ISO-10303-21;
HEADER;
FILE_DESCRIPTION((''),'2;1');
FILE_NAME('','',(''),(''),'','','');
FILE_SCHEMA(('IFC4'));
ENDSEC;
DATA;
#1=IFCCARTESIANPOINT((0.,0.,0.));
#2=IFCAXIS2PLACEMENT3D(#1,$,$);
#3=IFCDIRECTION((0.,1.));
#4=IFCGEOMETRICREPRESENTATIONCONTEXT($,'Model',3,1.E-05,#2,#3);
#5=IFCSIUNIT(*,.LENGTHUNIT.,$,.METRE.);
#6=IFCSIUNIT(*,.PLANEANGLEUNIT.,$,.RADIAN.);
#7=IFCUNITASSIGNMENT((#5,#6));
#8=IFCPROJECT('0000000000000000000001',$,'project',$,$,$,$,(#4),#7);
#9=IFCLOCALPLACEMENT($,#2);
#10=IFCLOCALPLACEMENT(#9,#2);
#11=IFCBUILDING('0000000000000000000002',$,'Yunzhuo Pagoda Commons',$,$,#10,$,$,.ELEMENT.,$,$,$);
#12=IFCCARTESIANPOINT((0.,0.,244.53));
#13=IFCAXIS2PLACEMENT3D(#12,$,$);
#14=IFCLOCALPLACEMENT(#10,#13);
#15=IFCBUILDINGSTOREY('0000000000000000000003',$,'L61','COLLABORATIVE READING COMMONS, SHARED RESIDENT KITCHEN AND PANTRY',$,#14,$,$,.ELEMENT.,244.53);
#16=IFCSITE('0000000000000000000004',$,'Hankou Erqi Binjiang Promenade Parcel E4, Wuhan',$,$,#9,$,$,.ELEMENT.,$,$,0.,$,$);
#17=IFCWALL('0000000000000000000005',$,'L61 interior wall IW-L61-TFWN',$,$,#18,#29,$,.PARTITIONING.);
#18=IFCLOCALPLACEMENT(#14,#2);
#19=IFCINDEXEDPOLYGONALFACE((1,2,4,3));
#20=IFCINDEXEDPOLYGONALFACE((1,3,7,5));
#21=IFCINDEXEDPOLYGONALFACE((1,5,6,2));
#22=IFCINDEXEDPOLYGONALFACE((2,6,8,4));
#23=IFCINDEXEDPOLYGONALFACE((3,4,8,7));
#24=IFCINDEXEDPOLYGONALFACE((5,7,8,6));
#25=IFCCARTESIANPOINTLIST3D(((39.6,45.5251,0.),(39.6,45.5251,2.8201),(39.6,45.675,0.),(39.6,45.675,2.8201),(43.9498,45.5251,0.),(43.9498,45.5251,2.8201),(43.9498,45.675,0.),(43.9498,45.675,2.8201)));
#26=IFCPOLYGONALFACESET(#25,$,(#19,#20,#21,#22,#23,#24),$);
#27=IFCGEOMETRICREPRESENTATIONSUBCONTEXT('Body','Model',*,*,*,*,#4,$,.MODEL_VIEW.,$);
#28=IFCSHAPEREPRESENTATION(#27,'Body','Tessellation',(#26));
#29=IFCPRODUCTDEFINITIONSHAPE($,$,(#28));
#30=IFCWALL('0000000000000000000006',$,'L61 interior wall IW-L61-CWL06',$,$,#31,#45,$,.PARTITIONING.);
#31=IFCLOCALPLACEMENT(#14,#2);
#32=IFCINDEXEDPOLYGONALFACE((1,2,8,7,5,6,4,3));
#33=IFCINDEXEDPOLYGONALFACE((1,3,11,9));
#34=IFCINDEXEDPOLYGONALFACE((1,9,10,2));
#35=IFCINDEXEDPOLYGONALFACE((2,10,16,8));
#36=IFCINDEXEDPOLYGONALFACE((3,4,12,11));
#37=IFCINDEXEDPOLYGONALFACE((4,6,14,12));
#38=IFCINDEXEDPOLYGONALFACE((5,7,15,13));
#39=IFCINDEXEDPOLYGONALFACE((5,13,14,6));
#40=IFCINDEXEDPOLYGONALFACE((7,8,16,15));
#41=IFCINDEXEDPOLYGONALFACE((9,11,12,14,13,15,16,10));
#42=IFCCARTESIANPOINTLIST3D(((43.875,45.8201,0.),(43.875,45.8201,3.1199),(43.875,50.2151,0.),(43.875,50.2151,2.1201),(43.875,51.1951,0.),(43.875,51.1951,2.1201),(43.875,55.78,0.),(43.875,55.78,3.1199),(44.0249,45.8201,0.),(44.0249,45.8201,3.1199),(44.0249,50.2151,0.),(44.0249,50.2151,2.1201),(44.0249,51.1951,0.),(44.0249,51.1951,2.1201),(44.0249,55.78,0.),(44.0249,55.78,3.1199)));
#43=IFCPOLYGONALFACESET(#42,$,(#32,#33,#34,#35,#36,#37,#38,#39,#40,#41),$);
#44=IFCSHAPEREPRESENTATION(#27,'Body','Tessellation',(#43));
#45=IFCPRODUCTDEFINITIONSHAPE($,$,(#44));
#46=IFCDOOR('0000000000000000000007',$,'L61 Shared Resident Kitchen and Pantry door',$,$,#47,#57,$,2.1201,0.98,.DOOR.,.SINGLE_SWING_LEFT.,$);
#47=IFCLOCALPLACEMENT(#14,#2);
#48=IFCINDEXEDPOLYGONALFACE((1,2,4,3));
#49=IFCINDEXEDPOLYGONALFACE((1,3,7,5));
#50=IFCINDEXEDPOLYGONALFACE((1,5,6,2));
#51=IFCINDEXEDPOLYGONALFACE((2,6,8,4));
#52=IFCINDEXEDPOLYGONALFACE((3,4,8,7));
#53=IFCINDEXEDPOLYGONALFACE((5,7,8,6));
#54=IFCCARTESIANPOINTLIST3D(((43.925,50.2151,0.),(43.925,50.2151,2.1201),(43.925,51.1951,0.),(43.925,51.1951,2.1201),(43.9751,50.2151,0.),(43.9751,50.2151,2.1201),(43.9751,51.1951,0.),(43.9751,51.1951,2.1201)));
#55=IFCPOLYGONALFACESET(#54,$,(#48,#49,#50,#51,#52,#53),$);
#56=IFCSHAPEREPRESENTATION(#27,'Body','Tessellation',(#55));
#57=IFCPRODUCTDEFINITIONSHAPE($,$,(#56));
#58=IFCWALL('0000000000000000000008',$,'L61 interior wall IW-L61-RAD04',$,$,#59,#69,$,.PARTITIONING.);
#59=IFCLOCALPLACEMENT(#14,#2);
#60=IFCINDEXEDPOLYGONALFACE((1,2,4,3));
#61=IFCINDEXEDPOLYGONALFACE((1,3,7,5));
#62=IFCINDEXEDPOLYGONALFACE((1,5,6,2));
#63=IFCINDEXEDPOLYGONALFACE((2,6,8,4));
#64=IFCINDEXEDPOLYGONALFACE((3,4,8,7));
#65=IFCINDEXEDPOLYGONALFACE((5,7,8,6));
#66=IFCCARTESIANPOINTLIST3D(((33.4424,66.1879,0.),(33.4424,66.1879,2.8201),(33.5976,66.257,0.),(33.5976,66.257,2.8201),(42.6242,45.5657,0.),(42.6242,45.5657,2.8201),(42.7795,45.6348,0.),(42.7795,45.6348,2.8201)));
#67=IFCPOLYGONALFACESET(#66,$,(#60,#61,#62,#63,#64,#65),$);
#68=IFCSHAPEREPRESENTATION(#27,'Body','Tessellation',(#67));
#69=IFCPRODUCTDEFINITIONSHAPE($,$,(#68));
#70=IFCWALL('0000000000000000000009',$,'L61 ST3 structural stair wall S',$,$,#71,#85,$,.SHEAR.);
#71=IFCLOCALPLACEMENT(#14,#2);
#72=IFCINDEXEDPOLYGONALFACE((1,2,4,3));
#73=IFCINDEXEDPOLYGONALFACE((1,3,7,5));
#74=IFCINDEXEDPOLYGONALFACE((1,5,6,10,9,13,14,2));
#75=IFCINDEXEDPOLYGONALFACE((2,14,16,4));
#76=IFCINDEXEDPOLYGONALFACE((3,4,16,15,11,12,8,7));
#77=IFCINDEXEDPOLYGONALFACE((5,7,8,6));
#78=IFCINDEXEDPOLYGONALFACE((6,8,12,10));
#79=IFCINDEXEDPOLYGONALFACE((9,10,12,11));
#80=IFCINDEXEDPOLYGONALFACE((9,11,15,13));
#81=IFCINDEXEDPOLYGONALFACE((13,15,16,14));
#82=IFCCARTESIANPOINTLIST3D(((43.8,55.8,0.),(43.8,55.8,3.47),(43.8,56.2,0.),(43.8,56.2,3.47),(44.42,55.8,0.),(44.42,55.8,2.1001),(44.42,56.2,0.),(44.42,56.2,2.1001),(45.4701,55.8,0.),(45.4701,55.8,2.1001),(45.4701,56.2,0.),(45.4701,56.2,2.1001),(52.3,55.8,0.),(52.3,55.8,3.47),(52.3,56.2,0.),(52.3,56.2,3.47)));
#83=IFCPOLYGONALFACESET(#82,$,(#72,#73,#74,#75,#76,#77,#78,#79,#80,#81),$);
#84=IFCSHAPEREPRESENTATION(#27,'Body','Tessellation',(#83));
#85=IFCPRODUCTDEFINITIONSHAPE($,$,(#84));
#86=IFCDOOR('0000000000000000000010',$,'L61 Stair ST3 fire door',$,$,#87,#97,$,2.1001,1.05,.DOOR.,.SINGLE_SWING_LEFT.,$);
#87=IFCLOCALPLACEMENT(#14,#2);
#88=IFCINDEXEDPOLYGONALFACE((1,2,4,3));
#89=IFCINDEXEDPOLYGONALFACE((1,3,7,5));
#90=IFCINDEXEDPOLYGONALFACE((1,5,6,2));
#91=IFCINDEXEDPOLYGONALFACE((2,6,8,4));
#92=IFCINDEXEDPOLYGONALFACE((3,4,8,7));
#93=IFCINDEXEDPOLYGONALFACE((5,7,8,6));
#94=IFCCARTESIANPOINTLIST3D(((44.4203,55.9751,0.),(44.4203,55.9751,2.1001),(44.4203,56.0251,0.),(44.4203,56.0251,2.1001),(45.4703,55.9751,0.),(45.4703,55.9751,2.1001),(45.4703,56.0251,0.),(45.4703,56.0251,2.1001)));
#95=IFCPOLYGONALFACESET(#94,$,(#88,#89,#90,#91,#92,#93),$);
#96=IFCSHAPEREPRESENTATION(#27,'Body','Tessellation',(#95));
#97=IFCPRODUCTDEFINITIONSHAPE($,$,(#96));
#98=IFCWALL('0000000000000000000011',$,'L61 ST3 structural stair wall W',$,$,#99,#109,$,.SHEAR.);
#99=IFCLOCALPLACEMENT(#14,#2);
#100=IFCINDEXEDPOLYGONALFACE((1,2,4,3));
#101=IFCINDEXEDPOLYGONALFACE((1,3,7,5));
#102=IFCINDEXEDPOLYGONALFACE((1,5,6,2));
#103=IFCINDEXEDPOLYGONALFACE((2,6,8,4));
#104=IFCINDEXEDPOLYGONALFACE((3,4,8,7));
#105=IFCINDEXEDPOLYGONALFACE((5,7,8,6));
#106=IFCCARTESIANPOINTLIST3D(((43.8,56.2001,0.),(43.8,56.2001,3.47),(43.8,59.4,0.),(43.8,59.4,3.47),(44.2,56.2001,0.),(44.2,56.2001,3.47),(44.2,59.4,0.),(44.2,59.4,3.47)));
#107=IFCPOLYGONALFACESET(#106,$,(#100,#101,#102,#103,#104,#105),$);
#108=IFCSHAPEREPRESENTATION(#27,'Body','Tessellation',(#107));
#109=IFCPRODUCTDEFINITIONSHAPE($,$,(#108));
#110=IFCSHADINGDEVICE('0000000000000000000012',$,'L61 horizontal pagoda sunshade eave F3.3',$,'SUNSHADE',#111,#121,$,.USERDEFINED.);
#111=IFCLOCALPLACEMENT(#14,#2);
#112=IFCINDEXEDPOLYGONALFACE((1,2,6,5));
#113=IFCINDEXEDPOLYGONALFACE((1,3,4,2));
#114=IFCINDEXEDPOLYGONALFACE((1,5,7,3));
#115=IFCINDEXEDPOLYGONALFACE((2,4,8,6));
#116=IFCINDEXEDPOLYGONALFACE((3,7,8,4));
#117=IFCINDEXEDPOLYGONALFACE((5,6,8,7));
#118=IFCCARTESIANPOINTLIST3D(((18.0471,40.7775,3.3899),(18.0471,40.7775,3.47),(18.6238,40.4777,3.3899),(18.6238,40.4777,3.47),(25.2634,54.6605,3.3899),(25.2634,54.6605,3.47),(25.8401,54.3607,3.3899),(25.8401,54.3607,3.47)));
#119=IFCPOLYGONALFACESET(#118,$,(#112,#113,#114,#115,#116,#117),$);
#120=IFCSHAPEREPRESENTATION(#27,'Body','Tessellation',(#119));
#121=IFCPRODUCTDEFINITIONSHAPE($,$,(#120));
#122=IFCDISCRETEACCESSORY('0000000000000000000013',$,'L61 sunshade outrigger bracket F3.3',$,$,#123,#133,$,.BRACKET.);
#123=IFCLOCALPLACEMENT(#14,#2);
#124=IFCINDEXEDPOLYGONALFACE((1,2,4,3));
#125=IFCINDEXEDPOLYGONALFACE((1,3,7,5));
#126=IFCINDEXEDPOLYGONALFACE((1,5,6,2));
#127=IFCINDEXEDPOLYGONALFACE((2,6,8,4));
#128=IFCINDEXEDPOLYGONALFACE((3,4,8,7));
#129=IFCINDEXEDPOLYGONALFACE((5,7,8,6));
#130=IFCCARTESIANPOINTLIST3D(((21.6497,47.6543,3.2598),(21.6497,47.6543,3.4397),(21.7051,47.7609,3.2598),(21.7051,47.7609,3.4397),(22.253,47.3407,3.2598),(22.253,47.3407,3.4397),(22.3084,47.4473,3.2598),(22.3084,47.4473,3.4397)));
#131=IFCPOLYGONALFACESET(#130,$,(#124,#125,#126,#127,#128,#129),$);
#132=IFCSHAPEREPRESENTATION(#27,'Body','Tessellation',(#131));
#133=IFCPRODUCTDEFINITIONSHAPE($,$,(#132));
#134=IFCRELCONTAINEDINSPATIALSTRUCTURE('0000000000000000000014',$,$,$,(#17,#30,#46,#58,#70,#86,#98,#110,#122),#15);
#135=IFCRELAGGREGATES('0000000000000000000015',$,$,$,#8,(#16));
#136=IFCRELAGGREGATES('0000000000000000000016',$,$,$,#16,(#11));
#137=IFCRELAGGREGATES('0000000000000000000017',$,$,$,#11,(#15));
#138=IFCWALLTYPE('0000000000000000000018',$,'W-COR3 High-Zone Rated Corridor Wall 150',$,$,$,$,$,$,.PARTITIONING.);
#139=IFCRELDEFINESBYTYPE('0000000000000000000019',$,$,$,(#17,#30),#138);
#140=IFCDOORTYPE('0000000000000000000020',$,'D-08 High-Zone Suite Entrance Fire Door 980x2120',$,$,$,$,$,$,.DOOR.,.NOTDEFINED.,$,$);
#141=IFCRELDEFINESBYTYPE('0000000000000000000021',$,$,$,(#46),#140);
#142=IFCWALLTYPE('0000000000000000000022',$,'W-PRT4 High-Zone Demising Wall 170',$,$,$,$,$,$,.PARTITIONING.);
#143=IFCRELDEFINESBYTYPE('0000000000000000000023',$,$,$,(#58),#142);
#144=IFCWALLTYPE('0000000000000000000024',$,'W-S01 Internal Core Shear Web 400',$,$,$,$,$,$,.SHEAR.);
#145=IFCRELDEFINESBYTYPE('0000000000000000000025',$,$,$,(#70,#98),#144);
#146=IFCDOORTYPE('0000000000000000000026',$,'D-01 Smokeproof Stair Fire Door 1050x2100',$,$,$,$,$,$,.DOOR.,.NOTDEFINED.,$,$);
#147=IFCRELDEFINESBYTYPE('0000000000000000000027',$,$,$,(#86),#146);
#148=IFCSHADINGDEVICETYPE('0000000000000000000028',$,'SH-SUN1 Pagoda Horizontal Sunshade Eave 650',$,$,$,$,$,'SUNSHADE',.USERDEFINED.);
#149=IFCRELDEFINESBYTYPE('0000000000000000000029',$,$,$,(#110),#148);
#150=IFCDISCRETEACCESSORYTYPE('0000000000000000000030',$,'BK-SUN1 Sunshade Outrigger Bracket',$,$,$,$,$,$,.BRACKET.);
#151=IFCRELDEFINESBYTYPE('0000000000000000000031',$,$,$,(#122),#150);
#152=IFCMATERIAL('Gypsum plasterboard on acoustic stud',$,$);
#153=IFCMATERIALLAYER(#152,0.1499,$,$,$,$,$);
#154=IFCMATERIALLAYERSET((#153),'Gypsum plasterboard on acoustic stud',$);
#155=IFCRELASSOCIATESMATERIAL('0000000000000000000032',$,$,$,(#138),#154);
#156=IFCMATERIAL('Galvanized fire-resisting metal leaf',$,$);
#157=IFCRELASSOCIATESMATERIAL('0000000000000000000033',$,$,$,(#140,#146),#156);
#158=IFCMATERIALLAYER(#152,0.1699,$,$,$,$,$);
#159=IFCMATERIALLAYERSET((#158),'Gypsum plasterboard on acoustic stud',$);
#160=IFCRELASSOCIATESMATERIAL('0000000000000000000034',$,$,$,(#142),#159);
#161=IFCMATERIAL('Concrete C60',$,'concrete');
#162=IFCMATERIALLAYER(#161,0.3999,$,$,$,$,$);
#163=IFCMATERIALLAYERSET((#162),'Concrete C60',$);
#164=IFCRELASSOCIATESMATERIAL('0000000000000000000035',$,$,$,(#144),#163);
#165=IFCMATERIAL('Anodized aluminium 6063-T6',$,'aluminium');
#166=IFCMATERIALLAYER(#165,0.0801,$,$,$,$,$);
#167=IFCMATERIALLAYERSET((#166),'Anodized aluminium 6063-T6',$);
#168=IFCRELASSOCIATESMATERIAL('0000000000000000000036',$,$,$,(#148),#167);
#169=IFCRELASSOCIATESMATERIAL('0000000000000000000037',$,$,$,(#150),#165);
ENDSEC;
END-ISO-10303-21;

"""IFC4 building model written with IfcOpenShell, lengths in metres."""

from ifc_helpers import new_model, si_unit, direction, frame, frame_2d, origin, origin_with_axes, origin_2d, place, context, subcontext, project, spatial, rectangle, extrude, source, transform, mapped, material, layer, layer_set, type_object, element, fill, save


model = new_model("IFC4")

# Units and contexts
model_context = context("Model", 3, precision=1e-05, world=origin(), true_north=direction((0.0, 1.0)))
body_context = subcontext(model_context, "Body", "Model", "MODEL_VIEW")
ifc_project = project(units=[si_unit("LENGTHUNIT", "METRE"), si_unit("PLANEANGLEUNIT", "RADIAN")], contexts=[model_context])

# Site, building, storey
site_placement = place(None, origin())
site = spatial("IfcSite", under=ifc_project, at=site_placement, Name="Hankou Erqi Binjiang Promenade Parcel E4, Wuhan", CompositionType="ELEMENT", RefElevation=0.0)
building_placement = place(site_placement, origin())
building = spatial("IfcBuilding", under=site, at=building_placement, Name="Yunzhuo Pagoda Commons", CompositionType="ELEMENT")
storey_placement = place(building_placement, frame((0.0, 0.0, 244.53)))
storey = spatial("IfcBuildingStorey", under=building, at=storey_placement, Name="L61", Description="COLLABORATIVE READING COMMONS, SHARED RESIDENT KITCHEN AND PANTRY", CompositionType="ELEMENT", Elevation=244.53)

# Shared definitions
ifc_material_1 = material(Name="Anodized aluminium 6063-T6", Category="aluminium")

# Wall
ifc_material_2 = material(Name="Gypsum plasterboard on acoustic stud")
ifc_layer_1 = layer(ifc_material_2, 0.1499)
ifc_layer_set_1 = layer_set([ifc_layer_1], Name="Gypsum plasterboard on acoustic stud")
wall_type_1 = type_object("IfcWallType", Name="W-COR3 High-Zone Rated Corridor Wall 150", PredefinedType="PARTITIONING", material=ifc_layer_set_1)
wall_1_placement = place(storey_placement, frame((39.6001, 45.6001, 0.0), z_axis=(0.0, 0.0, 1.0), x_axis=(1.0, 0.0, 0.0)))
element("IfcWall", 1, at=wall_1_placement, inside=storey, type_object=wall_type_1, Name="L61 interior wall IW-L61-TFWN", PredefinedType="PARTITIONING", context=body_context, shape_type="SweptSolid", body=[
    extrude(rectangle(XDim=4.3499, YDim=0.1499, at=frame_2d((2.1748, 0.0))), origin(), (0.0, 0.0, 1.0), 2.8201),
])

# Wall, opening, door
wall_2_placement = place(storey_placement, frame((43.95, 45.8201, 0.0), z_axis=(0.0, 0.0, 1.0), x_axis=(0.0, 1.0, 0.0)))
wall_2 = element("IfcWall", 2, at=wall_2_placement, inside=storey, type_object=wall_type_1, Name="L61 interior wall IW-L61-CWL06", PredefinedType="PARTITIONING", context=body_context, shape_type="SweptSolid", body=[
    extrude(rectangle(XDim=9.96, YDim=0.1499, at=frame_2d((4.98, 0.0))), origin(), (0.0, 0.0, 1.0), 3.1199),
])
opening_1_placement = place(wall_2_placement, frame((4.395, 0.0, 0.0)))
opening_1 = element("IfcOpeningElement", 3, at=opening_1_placement, cuts=wall_2, PredefinedType="OPENING", context=body_context, shape_type="SweptSolid", body=[
    extrude(rectangle(XDim=0.98, YDim=2.1201, at=frame_2d((0.49, 1.0601))), frame((0.0, 0.085, 0.0), z_axis=(0.0, -1.0, 0.0), x_axis=(1.0, 0.0, 0.0)), (0.0, 0.0, 1.0), 0.1699),
])
ifc_material_3 = material(Name="Galvanized fire-resisting metal leaf")
door_type_1 = type_object("IfcDoorType", Name="D-08 High-Zone Suite Entrance Fire Door 980x2120", OperationType="NOTDEFINED", PredefinedType="DOOR", material=ifc_material_3)
shared_shape_1 = source(origin(), body_context, "Body", "SweptSolid", [
    extrude(rectangle(XDim=0.98, YDim=2.1201, at=frame_2d((0.49, 1.0601))), frame((0.0, 0.0249, 0.0), z_axis=(0.0, -1.0, 0.0), x_axis=(1.0, 0.0, 0.0)), (0.0, 0.0, 1.0), 0.05),
])
door_1_placement = place(opening_1_placement, origin_with_axes())
door_1 = element("IfcDoor", 4, at=door_1_placement, inside=storey, type_object=door_type_1, Name="L61 Shared Resident Kitchen and Pantry door", OperationType="SINGLE_SWING_LEFT", OverallHeight=2.1201, OverallWidth=0.98, PredefinedType="DOOR", context=body_context, shape_type="MappedRepresentation", body=[
    mapped(shared_shape_1, transform((0.0, 0.0, 0.0), scale=1.0)),
])
fill(opening_1, door_1)

# Wall
ifc_layer_2 = layer(ifc_material_2, 0.1699)
ifc_layer_set_2 = layer_set([ifc_layer_2], Name="Gypsum plasterboard on acoustic stud")
wall_type_2 = type_object("IfcWallType", Name="W-PRT4 High-Zone Demising Wall 170", PredefinedType="PARTITIONING", material=ifc_layer_set_2)
wall_3_placement = place(storey_placement, frame((42.7019, 45.6001, 0.0), z_axis=(0.0, 0.0, 1.0), x_axis=(-0.406745, 0.913542, 0.0)))
element("IfcWall", 5, at=wall_3_placement, inside=storey, type_object=wall_type_2, Name="L61 interior wall IW-L61-RAD04", PredefinedType="PARTITIONING", context=body_context, shape_type="SweptSolid", body=[
    extrude(rectangle(XDim=22.574, YDim=0.1699, at=frame_2d((11.2871, 0.0))), origin(), (0.0, 0.0, 1.0), 2.8201),
])

# Wall, opening, door
ifc_material_4 = material(Name="Concrete C60", Category="concrete")
ifc_layer_3 = layer(ifc_material_4, 0.3999)
ifc_layer_set_3 = layer_set([ifc_layer_3], Name="Concrete C60")
wall_type_3 = type_object("IfcWallType", Name="W-S01 Internal Core Shear Web 400", PredefinedType="SHEAR", material=ifc_layer_set_3)
wall_4_placement = place(storey_placement, frame((43.8, 56.0, 0.0), z_axis=(0.0, 0.0, 1.0), x_axis=(1.0, 0.0, 0.0)))
wall_4 = element("IfcWall", 6, at=wall_4_placement, inside=storey, type_object=wall_type_3, Name="L61 ST3 structural stair wall S", PredefinedType="SHEAR", context=body_context, shape_type="SweptSolid", body=[
    extrude(rectangle(XDim=8.5, YDim=0.3999, at=frame_2d((4.25, 0.0))), origin(), (0.0, 0.0, 1.0), 3.47),
])
opening_2_placement = place(wall_4_placement, frame((0.6201, 0.0, 0.0)))
opening_2 = element("IfcOpeningElement", 7, at=opening_2_placement, cuts=wall_4, PredefinedType="OPENING", context=body_context, shape_type="SweptSolid", body=[
    extrude(rectangle(XDim=1.05, YDim=2.1001, at=frame_2d((0.5249, 1.05))), frame((0.0, 0.21, 0.0), z_axis=(0.0, -1.0, 0.0), x_axis=(1.0, 0.0, 0.0)), (0.0, 0.0, 1.0), 0.4199),
])
door_type_2 = type_object("IfcDoorType", Name="D-01 Smokeproof Stair Fire Door 1050x2100", OperationType="NOTDEFINED", PredefinedType="DOOR", material=ifc_material_3)
shared_shape_2 = source(origin(), body_context, "Body", "SweptSolid", [
    extrude(rectangle(XDim=1.05, YDim=2.1001, at=frame_2d((0.5249, 1.05))), frame((0.0, 0.0249, 0.0), z_axis=(0.0, -1.0, 0.0), x_axis=(1.0, 0.0, 0.0)), (0.0, 0.0, 1.0), 0.05),
])
door_2_placement = place(opening_2_placement, frame((1.05, 0.0, 0.0), z_axis=(0.0, 0.0, 1.0), x_axis=(-1.0, 0.0, 0.0)))
door_2 = element("IfcDoor", 8, at=door_2_placement, inside=storey, type_object=door_type_2, Name="L61 Stair ST3 fire door", OperationType="SINGLE_SWING_LEFT", OverallHeight=2.1001, OverallWidth=1.05, PredefinedType="DOOR", context=body_context, shape_type="MappedRepresentation", body=[
    mapped(shared_shape_2, transform((0.0, 0.0, 0.0), scale=1.0)),
])
fill(opening_2, door_2)

# Wall
wall_5_placement = place(storey_placement, frame((44.0, 56.2, 0.0), z_axis=(0.0, 0.0, 1.0), x_axis=(0.0, 1.0, 0.0)))
element("IfcWall", 9, at=wall_5_placement, inside=storey, type_object=wall_type_3, Name="L61 ST3 structural stair wall W", PredefinedType="SHEAR", context=body_context, shape_type="SweptSolid", body=[
    extrude(rectangle(XDim=3.2, YDim=0.3999, at=frame_2d((1.6001, 0.0))), origin(), (0.0, 0.0, 1.0), 3.47),
])

# Shading device
ifc_layer_4 = layer(ifc_material_1, 0.0801)
ifc_layer_set_4 = layer_set([ifc_layer_4], Name="Anodized aluminium 6063-T6")
shading_device_type = type_object("IfcShadingDeviceType", Name="SH-SUN1 Pagoda Horizontal Sunshade Eave 650", ElementType="SUNSHADE", PredefinedType="USERDEFINED", material=ifc_layer_set_4)
shared_shape_3 = source(origin(), body_context, "Body", "SweptSolid", [
    extrude(rectangle(XDim=15.6465, YDim=0.6499, at=origin_2d()), origin(), (0.0, 0.0, 1.0), 0.0801),
])
shading_device_placement = place(storey_placement, frame((21.9436, 47.5691, 3.3899), z_axis=(0.0, 0.0, 1.0), x_axis=(-0.461207, -0.887293, 0.0)))
element("IfcShadingDevice", 10, at=shading_device_placement, inside=storey, type_object=shading_device_type, Name="L61 horizontal pagoda sunshade eave F3.3", ObjectType="SUNSHADE", PredefinedType="USERDEFINED", context=body_context, shape_type="MappedRepresentation", body=[
    mapped(shared_shape_3, transform((0.0, 0.0, 0.0), scale=1.0)),
])

# Discrete accessory
discrete_accessory_type = type_object("IfcDiscreteAccessoryType", Name="BK-SUN1 Sunshade Outrigger Bracket", PredefinedType="BRACKET", material=ifc_material_1)
shared_shape_4 = source(origin(), body_context, "Body", "SweptSolid", [
    extrude(rectangle(XDim=0.1201, YDim=0.6799, at=origin_2d()), origin(), (0.0, 0.0, 1.0), 0.1799),
])
discrete_accessory_placement = place(storey_placement, frame((21.979, 47.5508, 3.2598), z_axis=(0.0, 0.0, 1.0), x_axis=(-0.461207, -0.887293, 0.0)))
element("IfcDiscreteAccessory", 11, at=discrete_accessory_placement, inside=storey, type_object=discrete_accessory_type, Name="L61 sunshade outrigger bracket F3.3", PredefinedType="BRACKET", context=body_context, shape_type="MappedRepresentation", body=[
    mapped(shared_shape_4, transform((0.0, 0.0, 0.0), scale=1.0)),
])

save(model, "model.ifc")
